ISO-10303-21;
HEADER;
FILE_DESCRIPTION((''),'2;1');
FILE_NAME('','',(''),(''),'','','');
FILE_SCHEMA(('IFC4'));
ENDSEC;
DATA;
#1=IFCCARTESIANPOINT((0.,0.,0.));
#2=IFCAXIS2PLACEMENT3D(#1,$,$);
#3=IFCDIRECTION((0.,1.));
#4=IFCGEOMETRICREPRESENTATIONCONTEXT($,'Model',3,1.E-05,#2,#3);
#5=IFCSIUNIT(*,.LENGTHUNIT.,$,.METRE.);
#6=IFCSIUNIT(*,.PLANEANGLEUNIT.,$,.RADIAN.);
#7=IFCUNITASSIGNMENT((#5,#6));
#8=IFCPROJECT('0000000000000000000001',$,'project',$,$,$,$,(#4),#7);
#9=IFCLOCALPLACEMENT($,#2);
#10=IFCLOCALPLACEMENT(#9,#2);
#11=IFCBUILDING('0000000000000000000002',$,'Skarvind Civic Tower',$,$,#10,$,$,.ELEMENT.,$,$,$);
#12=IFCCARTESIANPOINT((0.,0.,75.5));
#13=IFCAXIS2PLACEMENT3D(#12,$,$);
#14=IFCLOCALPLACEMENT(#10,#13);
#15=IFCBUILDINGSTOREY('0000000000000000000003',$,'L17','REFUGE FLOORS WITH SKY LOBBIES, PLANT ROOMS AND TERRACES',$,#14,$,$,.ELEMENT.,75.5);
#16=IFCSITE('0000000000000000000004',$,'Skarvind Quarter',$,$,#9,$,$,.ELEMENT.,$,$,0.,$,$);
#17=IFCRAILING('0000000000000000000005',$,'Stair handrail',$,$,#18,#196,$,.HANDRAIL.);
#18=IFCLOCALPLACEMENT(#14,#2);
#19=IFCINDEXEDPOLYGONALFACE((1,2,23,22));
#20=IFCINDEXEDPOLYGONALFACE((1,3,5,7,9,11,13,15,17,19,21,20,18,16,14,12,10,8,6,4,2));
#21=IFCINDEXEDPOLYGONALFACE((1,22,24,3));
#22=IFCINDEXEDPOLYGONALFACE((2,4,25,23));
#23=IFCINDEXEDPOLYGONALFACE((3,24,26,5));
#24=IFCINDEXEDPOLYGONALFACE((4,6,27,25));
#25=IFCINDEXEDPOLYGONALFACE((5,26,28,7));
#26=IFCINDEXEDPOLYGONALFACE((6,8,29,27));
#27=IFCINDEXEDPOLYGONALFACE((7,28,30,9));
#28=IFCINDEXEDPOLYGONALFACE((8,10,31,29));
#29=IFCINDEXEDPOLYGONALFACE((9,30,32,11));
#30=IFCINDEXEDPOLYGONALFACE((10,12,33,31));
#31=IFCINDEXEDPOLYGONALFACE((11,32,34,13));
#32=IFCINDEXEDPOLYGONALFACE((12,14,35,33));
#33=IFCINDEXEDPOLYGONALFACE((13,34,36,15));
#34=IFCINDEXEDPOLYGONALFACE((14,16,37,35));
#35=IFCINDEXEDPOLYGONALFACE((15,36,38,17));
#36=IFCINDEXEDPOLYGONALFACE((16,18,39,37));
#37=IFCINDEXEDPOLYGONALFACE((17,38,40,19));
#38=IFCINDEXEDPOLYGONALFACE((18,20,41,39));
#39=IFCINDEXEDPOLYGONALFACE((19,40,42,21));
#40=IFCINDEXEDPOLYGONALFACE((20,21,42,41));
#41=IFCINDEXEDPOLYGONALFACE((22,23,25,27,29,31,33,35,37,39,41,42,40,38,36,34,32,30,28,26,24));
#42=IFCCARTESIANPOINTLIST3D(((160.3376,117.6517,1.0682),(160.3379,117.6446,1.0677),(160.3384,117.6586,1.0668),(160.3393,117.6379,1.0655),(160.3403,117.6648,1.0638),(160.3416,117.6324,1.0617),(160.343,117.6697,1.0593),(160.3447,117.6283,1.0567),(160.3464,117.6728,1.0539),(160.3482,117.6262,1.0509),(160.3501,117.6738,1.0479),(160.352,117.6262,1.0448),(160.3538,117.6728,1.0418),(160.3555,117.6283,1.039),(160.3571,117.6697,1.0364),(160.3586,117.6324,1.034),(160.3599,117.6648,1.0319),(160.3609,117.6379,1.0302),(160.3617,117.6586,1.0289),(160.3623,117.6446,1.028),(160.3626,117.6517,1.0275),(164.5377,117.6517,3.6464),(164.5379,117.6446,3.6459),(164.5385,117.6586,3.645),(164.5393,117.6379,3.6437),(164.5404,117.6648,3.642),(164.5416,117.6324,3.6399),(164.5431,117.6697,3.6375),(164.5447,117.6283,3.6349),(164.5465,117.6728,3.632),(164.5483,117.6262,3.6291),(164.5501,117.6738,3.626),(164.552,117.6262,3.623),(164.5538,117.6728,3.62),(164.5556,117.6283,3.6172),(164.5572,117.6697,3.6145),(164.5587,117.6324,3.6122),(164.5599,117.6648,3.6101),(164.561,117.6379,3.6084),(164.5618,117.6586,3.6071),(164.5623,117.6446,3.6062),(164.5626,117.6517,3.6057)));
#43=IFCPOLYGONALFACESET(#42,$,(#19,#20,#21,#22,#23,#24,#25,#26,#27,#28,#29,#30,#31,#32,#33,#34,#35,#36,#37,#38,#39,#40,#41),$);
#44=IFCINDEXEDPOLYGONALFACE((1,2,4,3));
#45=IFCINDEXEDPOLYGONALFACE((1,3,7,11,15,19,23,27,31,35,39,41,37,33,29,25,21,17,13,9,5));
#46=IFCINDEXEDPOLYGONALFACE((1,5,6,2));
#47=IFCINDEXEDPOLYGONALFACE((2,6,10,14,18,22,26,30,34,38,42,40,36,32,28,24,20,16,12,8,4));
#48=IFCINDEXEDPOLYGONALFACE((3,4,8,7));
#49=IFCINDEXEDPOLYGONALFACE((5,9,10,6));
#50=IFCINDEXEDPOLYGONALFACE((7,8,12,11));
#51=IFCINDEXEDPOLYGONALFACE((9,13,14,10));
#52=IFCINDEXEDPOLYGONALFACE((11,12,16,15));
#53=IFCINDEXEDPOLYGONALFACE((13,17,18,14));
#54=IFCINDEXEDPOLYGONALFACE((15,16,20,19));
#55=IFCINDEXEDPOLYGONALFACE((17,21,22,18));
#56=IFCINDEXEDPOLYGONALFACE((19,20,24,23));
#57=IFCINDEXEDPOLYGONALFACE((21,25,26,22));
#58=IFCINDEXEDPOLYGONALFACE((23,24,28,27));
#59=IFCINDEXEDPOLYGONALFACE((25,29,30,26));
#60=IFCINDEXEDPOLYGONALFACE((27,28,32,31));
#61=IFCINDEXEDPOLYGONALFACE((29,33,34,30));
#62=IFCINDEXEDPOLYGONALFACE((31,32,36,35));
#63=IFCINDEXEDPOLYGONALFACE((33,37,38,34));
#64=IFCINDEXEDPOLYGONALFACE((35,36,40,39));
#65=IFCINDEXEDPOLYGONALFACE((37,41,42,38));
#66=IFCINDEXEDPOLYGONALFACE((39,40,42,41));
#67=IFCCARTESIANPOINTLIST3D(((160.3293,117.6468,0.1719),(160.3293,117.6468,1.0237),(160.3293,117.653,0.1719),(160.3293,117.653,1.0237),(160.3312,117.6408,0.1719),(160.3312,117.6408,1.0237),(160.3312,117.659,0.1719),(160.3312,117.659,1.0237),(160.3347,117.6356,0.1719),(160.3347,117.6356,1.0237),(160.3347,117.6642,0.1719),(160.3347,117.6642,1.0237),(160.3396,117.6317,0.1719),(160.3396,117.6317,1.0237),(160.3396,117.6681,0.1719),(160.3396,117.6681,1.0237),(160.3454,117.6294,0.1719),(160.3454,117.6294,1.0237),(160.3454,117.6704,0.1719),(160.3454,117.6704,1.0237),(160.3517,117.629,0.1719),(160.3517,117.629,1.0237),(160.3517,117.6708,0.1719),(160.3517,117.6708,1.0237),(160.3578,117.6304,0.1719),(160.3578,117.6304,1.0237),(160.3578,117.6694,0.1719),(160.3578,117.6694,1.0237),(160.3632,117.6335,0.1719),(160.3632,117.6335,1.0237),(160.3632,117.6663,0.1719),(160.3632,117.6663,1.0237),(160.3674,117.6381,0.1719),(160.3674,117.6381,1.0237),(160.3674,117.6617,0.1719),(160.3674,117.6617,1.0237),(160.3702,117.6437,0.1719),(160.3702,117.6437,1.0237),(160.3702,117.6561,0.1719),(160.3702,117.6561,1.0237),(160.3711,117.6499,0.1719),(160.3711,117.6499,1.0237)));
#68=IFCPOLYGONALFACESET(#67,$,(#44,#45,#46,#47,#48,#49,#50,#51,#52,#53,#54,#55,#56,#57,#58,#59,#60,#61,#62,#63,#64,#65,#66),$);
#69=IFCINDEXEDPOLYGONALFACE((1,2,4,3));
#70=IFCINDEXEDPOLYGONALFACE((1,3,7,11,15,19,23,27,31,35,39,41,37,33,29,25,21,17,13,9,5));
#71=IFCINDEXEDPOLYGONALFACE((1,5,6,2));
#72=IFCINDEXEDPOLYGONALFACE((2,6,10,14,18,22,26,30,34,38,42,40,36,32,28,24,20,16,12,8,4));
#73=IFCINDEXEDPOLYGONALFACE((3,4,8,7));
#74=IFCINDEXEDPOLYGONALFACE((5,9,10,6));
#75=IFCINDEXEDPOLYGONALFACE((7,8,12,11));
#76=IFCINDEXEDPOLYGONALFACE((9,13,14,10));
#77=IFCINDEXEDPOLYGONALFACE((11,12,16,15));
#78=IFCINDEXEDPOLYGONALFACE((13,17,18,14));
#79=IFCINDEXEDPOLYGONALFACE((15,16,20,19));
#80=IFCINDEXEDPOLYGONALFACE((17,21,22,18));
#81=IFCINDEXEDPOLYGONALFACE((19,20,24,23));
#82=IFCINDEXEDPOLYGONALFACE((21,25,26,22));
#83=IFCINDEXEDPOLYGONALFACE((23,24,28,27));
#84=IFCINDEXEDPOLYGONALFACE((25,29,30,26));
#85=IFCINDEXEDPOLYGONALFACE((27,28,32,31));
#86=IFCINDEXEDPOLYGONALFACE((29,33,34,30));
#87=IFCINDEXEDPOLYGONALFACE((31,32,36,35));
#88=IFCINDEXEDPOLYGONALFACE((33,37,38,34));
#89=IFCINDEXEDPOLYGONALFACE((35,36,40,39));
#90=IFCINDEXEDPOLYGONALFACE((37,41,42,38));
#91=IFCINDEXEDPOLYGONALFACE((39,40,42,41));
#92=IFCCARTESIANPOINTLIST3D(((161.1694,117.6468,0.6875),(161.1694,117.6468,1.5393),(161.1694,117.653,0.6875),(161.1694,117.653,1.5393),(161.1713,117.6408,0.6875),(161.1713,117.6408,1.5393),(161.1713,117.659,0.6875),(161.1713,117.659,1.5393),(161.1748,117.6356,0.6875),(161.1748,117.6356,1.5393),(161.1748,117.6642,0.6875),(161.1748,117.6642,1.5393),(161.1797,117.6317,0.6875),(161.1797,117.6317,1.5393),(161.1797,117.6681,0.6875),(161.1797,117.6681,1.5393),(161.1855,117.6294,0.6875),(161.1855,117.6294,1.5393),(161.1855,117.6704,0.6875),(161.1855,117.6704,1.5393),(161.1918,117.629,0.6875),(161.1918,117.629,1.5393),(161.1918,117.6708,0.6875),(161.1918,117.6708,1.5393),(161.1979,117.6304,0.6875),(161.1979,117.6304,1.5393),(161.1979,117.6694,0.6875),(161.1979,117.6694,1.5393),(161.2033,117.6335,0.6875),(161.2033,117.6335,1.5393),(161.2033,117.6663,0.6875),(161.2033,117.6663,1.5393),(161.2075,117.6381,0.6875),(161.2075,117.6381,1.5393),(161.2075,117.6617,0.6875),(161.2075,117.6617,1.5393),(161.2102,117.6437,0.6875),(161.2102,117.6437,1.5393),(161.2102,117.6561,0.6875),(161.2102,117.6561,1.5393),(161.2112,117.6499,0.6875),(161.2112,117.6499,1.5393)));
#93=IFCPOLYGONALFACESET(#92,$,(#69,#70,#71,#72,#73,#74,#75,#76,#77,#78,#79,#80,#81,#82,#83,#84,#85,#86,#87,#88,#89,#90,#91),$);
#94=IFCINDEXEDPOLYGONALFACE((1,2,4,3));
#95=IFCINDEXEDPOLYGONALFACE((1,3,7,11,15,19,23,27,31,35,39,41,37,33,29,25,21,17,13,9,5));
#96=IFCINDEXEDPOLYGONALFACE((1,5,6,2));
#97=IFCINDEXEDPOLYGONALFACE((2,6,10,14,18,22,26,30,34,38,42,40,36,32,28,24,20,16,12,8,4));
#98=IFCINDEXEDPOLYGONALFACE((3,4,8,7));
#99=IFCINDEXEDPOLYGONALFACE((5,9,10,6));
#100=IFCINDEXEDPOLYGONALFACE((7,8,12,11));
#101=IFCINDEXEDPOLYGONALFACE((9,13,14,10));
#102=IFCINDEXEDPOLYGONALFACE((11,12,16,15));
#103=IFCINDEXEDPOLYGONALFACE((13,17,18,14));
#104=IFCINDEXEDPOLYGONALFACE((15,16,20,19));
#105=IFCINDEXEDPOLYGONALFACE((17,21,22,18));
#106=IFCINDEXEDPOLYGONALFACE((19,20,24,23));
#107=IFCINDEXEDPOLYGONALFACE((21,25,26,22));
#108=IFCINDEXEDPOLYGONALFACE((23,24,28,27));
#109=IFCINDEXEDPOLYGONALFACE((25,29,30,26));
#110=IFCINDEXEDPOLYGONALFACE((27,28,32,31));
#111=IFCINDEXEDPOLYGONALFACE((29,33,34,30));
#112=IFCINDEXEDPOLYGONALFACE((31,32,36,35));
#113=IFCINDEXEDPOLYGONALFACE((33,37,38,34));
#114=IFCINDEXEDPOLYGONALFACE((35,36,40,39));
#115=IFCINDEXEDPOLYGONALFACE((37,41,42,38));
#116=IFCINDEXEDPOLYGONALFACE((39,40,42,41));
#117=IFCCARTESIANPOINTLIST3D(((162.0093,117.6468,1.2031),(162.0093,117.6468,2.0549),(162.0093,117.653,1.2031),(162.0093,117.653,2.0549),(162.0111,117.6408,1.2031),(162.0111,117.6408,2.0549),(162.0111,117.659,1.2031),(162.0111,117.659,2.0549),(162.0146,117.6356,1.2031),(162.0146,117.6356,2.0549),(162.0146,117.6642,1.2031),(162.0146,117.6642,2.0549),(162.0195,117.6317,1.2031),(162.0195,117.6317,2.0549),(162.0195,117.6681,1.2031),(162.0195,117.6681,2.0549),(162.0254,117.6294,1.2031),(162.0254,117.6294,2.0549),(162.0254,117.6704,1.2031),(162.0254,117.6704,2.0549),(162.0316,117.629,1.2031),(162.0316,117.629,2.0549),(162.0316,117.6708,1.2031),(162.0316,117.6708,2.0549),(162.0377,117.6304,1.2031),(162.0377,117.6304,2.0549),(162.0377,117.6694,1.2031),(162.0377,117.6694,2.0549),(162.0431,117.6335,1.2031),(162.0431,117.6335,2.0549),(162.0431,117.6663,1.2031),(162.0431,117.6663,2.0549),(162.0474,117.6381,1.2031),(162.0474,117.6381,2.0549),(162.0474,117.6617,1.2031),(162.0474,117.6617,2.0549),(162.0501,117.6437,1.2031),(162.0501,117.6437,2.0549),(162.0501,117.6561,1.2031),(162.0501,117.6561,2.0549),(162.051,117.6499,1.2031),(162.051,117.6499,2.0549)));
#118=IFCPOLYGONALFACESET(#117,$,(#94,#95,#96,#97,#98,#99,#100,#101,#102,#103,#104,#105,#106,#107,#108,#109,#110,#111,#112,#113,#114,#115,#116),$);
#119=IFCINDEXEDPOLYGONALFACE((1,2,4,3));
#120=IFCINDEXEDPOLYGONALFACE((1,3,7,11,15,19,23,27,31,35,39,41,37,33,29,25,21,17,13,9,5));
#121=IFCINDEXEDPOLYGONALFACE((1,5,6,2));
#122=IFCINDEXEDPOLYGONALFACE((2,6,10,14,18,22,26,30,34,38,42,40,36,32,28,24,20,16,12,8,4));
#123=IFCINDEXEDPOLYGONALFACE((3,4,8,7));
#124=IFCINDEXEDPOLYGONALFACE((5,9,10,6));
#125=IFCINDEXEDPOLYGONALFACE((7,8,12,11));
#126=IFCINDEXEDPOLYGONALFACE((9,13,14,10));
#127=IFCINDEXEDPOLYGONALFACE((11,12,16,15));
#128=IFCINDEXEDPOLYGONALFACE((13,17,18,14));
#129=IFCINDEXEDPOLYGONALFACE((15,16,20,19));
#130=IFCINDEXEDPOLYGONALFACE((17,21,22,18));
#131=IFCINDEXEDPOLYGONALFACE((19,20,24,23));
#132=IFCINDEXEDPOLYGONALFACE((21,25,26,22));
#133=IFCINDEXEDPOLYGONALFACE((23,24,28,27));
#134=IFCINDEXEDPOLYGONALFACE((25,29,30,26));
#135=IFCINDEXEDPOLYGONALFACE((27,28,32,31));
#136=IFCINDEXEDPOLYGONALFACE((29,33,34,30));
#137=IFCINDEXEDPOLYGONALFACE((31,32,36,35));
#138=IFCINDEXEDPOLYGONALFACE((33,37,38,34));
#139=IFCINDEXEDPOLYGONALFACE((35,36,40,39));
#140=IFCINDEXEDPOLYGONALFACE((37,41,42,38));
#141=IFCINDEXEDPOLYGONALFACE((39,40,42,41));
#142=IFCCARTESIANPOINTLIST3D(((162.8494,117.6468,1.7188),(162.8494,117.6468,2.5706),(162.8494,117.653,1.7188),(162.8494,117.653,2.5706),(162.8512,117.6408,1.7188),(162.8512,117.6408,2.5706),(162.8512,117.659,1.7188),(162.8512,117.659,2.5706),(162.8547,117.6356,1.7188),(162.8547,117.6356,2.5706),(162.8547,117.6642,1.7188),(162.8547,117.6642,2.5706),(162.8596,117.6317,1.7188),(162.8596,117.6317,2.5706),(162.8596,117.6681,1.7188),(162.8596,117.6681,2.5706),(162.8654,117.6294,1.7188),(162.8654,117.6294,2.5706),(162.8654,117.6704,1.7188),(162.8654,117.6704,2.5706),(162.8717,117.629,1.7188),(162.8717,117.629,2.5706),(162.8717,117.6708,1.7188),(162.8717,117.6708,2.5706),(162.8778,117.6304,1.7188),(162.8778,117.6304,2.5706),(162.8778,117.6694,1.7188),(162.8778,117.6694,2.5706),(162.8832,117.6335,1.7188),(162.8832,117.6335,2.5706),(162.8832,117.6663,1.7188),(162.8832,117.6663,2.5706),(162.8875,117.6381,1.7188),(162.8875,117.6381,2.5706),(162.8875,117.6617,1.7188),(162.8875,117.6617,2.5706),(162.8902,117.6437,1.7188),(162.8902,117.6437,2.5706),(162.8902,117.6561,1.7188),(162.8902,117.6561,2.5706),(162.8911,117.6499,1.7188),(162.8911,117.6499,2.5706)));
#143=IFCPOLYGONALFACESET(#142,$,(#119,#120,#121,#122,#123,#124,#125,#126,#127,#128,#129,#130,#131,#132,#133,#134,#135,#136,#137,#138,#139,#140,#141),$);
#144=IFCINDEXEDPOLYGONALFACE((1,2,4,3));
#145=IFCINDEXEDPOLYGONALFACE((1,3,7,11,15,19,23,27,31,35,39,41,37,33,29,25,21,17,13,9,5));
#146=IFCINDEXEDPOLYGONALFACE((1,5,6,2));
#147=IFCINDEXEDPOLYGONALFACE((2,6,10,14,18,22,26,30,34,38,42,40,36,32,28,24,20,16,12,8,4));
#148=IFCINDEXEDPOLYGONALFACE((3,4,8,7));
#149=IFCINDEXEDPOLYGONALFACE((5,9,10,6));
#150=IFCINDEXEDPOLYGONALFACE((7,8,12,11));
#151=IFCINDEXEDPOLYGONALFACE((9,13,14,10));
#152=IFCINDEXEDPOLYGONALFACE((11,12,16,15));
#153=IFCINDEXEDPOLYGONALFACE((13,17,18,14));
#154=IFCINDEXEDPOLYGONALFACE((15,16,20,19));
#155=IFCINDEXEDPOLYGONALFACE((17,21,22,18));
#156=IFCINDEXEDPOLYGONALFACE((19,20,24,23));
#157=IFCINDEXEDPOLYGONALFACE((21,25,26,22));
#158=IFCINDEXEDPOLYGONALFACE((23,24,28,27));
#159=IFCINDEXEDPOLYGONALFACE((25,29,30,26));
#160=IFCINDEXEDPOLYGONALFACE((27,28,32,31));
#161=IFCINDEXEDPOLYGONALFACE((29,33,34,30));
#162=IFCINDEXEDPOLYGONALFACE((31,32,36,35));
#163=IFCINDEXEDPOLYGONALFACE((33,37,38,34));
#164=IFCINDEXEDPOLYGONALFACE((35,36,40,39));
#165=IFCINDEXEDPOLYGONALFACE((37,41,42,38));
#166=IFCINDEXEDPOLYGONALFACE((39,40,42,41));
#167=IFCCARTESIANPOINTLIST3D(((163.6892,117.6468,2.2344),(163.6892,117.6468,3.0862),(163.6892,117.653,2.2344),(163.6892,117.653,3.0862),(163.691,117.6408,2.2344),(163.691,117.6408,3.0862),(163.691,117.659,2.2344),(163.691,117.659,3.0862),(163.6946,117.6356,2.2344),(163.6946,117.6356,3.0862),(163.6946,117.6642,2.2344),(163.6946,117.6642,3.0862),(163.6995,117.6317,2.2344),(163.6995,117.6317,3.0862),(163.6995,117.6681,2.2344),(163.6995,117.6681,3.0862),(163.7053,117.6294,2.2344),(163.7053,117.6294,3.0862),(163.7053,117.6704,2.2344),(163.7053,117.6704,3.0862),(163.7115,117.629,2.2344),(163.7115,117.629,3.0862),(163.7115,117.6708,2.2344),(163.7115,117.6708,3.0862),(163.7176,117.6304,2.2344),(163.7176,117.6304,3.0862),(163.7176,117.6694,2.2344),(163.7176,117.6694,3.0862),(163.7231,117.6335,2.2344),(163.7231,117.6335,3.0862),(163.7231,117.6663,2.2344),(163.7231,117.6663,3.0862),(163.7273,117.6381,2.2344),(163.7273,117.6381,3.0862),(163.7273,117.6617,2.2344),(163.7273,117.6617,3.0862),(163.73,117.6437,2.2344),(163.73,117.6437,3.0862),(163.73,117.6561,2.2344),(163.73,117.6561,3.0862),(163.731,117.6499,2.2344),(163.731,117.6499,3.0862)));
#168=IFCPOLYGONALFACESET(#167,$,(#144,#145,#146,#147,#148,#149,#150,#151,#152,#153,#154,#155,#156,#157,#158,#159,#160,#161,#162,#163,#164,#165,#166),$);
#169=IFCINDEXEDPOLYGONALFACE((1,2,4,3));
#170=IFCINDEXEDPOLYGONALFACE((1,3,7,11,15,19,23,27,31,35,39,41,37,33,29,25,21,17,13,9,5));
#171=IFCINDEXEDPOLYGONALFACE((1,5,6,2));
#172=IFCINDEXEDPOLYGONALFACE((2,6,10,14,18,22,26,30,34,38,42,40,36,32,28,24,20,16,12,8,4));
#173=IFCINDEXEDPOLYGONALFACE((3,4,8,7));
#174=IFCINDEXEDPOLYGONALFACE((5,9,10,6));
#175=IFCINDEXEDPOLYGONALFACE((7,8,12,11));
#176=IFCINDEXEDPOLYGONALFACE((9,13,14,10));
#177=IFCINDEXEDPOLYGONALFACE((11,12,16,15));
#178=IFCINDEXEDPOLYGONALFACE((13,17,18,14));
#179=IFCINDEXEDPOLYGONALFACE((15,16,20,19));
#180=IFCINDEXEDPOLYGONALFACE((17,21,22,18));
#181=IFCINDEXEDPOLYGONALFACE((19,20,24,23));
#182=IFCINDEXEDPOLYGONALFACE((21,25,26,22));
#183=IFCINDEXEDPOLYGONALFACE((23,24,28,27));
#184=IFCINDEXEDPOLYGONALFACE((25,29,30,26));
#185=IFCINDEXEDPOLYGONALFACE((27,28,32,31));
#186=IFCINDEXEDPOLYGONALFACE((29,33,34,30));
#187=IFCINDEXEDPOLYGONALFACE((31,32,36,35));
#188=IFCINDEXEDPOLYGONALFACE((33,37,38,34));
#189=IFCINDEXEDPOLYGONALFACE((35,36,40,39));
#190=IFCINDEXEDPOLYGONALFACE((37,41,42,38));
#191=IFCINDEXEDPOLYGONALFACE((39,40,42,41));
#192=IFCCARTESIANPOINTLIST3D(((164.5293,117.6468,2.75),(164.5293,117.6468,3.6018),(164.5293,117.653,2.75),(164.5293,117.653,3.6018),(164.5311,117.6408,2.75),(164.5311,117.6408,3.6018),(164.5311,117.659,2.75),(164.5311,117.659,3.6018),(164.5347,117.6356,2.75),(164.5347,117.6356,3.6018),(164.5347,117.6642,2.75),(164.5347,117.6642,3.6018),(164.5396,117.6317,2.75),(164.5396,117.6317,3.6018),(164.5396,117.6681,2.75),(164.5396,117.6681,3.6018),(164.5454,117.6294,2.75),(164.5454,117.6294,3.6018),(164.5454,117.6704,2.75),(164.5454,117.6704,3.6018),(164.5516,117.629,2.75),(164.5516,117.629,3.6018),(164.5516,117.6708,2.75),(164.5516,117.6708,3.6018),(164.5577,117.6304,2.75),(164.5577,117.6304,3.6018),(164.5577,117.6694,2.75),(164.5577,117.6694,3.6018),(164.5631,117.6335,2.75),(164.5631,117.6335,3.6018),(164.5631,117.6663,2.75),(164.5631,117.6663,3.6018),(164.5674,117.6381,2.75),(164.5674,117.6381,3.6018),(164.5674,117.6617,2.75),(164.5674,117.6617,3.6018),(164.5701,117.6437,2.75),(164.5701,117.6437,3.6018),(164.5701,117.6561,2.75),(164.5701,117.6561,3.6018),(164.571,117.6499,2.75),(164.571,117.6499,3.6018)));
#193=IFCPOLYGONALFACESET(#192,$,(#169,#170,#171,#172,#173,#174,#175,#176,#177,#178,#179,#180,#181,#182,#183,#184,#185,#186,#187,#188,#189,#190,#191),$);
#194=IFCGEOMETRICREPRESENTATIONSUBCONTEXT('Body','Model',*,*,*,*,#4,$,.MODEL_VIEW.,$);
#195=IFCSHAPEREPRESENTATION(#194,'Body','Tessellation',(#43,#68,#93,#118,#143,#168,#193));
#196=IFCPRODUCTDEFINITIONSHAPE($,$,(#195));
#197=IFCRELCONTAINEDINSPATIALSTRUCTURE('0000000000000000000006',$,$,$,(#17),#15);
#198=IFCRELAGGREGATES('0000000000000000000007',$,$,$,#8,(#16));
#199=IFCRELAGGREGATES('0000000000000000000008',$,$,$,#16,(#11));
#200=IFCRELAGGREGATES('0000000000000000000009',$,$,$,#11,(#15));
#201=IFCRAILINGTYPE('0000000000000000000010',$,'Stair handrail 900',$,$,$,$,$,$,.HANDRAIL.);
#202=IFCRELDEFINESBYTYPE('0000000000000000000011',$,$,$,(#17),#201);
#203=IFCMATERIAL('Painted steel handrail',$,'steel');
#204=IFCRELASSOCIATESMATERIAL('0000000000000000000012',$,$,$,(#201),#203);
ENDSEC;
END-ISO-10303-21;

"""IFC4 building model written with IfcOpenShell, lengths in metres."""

from ifc_helpers import new_model, si_unit, direction, frame, origin, origin_2d, place, context, subcontext, project, spatial, circle, extrude, material, type_object, element, save


model = new_model("IFC4")

# Units and contexts
model_context = context("Model", 3, precision=1e-05, world=origin(), true_north=direction((0.0, 1.0)))
body_context = subcontext(model_context, "Body", "Model", "MODEL_VIEW")
ifc_project = project(units=[si_unit("LENGTHUNIT", "METRE"), si_unit("PLANEANGLEUNIT", "RADIAN")], contexts=[model_context])

# Site, building, storey
site_placement = place(None, origin())
site = spatial("IfcSite", under=ifc_project, at=site_placement, Name="Skarvind Quarter", CompositionType="ELEMENT", RefElevation=0.0)
building_placement = place(site_placement, origin())
building = spatial("IfcBuilding", under=site, at=building_placement, Name="Skarvind Civic Tower", CompositionType="ELEMENT")
storey_placement = place(building_placement, frame((0.0, 0.0, 75.5)))
storey = spatial("IfcBuildingStorey", under=building, at=storey_placement, Name="L17", Description="REFUGE FLOORS WITH SKY LOBBIES, PLANT ROOMS AND TERRACES", CompositionType="ELEMENT", Elevation=75.5)

# Railing
ifc_material_1 = material(Name="Painted steel handrail", Category="steel")
railing_type = type_object("IfcRailingType", Name="Stair handrail 900", PredefinedType="HANDRAIL", material=ifc_material_1)
railing_placement = place(storey_placement, frame((160.3501, 117.6499, 0.1719)))
element("IfcRailing", 1, at=railing_placement, inside=storey, type_object=railing_type, Name="Stair handrail", PredefinedType="HANDRAIL", context=body_context, shape_type="SweptSolid", body=[
    extrude(circle(Radius=0.0239, at=origin_2d()), frame((0.0, 0.0, 0.876), z_axis=(0.852243, 0.0, 0.523146), x_axis=(0.0, 1.0, 0.0)), (0.0, 0.0, 1.0), 4.9282),
    extrude(circle(Radius=0.021, at=origin_2d()), origin(), (0.0, 0.0, 1.0), 0.8518),
    extrude(circle(Radius=0.021, at=origin_2d()), frame((0.8401, 0.0, 0.5156)), (0.0, 0.0, 1.0), 0.8518),
    extrude(circle(Radius=0.021, at=origin_2d()), frame((1.6799, 0.0, 1.0312)), (0.0, 0.0, 1.0), 0.8518),
    extrude(circle(Radius=0.021, at=origin_2d()), frame((2.52, 0.0, 1.5469)), (0.0, 0.0, 1.0), 0.8518),
    extrude(circle(Radius=0.021, at=origin_2d()), frame((3.3599, 0.0, 2.0625)), (0.0, 0.0, 1.0), 0.8518),
    extrude(circle(Radius=0.021, at=origin_2d()), frame((4.2, 0.0, 2.5781)), (0.0, 0.0, 1.0), 0.8518),
])

save(model, "model.ifc")
